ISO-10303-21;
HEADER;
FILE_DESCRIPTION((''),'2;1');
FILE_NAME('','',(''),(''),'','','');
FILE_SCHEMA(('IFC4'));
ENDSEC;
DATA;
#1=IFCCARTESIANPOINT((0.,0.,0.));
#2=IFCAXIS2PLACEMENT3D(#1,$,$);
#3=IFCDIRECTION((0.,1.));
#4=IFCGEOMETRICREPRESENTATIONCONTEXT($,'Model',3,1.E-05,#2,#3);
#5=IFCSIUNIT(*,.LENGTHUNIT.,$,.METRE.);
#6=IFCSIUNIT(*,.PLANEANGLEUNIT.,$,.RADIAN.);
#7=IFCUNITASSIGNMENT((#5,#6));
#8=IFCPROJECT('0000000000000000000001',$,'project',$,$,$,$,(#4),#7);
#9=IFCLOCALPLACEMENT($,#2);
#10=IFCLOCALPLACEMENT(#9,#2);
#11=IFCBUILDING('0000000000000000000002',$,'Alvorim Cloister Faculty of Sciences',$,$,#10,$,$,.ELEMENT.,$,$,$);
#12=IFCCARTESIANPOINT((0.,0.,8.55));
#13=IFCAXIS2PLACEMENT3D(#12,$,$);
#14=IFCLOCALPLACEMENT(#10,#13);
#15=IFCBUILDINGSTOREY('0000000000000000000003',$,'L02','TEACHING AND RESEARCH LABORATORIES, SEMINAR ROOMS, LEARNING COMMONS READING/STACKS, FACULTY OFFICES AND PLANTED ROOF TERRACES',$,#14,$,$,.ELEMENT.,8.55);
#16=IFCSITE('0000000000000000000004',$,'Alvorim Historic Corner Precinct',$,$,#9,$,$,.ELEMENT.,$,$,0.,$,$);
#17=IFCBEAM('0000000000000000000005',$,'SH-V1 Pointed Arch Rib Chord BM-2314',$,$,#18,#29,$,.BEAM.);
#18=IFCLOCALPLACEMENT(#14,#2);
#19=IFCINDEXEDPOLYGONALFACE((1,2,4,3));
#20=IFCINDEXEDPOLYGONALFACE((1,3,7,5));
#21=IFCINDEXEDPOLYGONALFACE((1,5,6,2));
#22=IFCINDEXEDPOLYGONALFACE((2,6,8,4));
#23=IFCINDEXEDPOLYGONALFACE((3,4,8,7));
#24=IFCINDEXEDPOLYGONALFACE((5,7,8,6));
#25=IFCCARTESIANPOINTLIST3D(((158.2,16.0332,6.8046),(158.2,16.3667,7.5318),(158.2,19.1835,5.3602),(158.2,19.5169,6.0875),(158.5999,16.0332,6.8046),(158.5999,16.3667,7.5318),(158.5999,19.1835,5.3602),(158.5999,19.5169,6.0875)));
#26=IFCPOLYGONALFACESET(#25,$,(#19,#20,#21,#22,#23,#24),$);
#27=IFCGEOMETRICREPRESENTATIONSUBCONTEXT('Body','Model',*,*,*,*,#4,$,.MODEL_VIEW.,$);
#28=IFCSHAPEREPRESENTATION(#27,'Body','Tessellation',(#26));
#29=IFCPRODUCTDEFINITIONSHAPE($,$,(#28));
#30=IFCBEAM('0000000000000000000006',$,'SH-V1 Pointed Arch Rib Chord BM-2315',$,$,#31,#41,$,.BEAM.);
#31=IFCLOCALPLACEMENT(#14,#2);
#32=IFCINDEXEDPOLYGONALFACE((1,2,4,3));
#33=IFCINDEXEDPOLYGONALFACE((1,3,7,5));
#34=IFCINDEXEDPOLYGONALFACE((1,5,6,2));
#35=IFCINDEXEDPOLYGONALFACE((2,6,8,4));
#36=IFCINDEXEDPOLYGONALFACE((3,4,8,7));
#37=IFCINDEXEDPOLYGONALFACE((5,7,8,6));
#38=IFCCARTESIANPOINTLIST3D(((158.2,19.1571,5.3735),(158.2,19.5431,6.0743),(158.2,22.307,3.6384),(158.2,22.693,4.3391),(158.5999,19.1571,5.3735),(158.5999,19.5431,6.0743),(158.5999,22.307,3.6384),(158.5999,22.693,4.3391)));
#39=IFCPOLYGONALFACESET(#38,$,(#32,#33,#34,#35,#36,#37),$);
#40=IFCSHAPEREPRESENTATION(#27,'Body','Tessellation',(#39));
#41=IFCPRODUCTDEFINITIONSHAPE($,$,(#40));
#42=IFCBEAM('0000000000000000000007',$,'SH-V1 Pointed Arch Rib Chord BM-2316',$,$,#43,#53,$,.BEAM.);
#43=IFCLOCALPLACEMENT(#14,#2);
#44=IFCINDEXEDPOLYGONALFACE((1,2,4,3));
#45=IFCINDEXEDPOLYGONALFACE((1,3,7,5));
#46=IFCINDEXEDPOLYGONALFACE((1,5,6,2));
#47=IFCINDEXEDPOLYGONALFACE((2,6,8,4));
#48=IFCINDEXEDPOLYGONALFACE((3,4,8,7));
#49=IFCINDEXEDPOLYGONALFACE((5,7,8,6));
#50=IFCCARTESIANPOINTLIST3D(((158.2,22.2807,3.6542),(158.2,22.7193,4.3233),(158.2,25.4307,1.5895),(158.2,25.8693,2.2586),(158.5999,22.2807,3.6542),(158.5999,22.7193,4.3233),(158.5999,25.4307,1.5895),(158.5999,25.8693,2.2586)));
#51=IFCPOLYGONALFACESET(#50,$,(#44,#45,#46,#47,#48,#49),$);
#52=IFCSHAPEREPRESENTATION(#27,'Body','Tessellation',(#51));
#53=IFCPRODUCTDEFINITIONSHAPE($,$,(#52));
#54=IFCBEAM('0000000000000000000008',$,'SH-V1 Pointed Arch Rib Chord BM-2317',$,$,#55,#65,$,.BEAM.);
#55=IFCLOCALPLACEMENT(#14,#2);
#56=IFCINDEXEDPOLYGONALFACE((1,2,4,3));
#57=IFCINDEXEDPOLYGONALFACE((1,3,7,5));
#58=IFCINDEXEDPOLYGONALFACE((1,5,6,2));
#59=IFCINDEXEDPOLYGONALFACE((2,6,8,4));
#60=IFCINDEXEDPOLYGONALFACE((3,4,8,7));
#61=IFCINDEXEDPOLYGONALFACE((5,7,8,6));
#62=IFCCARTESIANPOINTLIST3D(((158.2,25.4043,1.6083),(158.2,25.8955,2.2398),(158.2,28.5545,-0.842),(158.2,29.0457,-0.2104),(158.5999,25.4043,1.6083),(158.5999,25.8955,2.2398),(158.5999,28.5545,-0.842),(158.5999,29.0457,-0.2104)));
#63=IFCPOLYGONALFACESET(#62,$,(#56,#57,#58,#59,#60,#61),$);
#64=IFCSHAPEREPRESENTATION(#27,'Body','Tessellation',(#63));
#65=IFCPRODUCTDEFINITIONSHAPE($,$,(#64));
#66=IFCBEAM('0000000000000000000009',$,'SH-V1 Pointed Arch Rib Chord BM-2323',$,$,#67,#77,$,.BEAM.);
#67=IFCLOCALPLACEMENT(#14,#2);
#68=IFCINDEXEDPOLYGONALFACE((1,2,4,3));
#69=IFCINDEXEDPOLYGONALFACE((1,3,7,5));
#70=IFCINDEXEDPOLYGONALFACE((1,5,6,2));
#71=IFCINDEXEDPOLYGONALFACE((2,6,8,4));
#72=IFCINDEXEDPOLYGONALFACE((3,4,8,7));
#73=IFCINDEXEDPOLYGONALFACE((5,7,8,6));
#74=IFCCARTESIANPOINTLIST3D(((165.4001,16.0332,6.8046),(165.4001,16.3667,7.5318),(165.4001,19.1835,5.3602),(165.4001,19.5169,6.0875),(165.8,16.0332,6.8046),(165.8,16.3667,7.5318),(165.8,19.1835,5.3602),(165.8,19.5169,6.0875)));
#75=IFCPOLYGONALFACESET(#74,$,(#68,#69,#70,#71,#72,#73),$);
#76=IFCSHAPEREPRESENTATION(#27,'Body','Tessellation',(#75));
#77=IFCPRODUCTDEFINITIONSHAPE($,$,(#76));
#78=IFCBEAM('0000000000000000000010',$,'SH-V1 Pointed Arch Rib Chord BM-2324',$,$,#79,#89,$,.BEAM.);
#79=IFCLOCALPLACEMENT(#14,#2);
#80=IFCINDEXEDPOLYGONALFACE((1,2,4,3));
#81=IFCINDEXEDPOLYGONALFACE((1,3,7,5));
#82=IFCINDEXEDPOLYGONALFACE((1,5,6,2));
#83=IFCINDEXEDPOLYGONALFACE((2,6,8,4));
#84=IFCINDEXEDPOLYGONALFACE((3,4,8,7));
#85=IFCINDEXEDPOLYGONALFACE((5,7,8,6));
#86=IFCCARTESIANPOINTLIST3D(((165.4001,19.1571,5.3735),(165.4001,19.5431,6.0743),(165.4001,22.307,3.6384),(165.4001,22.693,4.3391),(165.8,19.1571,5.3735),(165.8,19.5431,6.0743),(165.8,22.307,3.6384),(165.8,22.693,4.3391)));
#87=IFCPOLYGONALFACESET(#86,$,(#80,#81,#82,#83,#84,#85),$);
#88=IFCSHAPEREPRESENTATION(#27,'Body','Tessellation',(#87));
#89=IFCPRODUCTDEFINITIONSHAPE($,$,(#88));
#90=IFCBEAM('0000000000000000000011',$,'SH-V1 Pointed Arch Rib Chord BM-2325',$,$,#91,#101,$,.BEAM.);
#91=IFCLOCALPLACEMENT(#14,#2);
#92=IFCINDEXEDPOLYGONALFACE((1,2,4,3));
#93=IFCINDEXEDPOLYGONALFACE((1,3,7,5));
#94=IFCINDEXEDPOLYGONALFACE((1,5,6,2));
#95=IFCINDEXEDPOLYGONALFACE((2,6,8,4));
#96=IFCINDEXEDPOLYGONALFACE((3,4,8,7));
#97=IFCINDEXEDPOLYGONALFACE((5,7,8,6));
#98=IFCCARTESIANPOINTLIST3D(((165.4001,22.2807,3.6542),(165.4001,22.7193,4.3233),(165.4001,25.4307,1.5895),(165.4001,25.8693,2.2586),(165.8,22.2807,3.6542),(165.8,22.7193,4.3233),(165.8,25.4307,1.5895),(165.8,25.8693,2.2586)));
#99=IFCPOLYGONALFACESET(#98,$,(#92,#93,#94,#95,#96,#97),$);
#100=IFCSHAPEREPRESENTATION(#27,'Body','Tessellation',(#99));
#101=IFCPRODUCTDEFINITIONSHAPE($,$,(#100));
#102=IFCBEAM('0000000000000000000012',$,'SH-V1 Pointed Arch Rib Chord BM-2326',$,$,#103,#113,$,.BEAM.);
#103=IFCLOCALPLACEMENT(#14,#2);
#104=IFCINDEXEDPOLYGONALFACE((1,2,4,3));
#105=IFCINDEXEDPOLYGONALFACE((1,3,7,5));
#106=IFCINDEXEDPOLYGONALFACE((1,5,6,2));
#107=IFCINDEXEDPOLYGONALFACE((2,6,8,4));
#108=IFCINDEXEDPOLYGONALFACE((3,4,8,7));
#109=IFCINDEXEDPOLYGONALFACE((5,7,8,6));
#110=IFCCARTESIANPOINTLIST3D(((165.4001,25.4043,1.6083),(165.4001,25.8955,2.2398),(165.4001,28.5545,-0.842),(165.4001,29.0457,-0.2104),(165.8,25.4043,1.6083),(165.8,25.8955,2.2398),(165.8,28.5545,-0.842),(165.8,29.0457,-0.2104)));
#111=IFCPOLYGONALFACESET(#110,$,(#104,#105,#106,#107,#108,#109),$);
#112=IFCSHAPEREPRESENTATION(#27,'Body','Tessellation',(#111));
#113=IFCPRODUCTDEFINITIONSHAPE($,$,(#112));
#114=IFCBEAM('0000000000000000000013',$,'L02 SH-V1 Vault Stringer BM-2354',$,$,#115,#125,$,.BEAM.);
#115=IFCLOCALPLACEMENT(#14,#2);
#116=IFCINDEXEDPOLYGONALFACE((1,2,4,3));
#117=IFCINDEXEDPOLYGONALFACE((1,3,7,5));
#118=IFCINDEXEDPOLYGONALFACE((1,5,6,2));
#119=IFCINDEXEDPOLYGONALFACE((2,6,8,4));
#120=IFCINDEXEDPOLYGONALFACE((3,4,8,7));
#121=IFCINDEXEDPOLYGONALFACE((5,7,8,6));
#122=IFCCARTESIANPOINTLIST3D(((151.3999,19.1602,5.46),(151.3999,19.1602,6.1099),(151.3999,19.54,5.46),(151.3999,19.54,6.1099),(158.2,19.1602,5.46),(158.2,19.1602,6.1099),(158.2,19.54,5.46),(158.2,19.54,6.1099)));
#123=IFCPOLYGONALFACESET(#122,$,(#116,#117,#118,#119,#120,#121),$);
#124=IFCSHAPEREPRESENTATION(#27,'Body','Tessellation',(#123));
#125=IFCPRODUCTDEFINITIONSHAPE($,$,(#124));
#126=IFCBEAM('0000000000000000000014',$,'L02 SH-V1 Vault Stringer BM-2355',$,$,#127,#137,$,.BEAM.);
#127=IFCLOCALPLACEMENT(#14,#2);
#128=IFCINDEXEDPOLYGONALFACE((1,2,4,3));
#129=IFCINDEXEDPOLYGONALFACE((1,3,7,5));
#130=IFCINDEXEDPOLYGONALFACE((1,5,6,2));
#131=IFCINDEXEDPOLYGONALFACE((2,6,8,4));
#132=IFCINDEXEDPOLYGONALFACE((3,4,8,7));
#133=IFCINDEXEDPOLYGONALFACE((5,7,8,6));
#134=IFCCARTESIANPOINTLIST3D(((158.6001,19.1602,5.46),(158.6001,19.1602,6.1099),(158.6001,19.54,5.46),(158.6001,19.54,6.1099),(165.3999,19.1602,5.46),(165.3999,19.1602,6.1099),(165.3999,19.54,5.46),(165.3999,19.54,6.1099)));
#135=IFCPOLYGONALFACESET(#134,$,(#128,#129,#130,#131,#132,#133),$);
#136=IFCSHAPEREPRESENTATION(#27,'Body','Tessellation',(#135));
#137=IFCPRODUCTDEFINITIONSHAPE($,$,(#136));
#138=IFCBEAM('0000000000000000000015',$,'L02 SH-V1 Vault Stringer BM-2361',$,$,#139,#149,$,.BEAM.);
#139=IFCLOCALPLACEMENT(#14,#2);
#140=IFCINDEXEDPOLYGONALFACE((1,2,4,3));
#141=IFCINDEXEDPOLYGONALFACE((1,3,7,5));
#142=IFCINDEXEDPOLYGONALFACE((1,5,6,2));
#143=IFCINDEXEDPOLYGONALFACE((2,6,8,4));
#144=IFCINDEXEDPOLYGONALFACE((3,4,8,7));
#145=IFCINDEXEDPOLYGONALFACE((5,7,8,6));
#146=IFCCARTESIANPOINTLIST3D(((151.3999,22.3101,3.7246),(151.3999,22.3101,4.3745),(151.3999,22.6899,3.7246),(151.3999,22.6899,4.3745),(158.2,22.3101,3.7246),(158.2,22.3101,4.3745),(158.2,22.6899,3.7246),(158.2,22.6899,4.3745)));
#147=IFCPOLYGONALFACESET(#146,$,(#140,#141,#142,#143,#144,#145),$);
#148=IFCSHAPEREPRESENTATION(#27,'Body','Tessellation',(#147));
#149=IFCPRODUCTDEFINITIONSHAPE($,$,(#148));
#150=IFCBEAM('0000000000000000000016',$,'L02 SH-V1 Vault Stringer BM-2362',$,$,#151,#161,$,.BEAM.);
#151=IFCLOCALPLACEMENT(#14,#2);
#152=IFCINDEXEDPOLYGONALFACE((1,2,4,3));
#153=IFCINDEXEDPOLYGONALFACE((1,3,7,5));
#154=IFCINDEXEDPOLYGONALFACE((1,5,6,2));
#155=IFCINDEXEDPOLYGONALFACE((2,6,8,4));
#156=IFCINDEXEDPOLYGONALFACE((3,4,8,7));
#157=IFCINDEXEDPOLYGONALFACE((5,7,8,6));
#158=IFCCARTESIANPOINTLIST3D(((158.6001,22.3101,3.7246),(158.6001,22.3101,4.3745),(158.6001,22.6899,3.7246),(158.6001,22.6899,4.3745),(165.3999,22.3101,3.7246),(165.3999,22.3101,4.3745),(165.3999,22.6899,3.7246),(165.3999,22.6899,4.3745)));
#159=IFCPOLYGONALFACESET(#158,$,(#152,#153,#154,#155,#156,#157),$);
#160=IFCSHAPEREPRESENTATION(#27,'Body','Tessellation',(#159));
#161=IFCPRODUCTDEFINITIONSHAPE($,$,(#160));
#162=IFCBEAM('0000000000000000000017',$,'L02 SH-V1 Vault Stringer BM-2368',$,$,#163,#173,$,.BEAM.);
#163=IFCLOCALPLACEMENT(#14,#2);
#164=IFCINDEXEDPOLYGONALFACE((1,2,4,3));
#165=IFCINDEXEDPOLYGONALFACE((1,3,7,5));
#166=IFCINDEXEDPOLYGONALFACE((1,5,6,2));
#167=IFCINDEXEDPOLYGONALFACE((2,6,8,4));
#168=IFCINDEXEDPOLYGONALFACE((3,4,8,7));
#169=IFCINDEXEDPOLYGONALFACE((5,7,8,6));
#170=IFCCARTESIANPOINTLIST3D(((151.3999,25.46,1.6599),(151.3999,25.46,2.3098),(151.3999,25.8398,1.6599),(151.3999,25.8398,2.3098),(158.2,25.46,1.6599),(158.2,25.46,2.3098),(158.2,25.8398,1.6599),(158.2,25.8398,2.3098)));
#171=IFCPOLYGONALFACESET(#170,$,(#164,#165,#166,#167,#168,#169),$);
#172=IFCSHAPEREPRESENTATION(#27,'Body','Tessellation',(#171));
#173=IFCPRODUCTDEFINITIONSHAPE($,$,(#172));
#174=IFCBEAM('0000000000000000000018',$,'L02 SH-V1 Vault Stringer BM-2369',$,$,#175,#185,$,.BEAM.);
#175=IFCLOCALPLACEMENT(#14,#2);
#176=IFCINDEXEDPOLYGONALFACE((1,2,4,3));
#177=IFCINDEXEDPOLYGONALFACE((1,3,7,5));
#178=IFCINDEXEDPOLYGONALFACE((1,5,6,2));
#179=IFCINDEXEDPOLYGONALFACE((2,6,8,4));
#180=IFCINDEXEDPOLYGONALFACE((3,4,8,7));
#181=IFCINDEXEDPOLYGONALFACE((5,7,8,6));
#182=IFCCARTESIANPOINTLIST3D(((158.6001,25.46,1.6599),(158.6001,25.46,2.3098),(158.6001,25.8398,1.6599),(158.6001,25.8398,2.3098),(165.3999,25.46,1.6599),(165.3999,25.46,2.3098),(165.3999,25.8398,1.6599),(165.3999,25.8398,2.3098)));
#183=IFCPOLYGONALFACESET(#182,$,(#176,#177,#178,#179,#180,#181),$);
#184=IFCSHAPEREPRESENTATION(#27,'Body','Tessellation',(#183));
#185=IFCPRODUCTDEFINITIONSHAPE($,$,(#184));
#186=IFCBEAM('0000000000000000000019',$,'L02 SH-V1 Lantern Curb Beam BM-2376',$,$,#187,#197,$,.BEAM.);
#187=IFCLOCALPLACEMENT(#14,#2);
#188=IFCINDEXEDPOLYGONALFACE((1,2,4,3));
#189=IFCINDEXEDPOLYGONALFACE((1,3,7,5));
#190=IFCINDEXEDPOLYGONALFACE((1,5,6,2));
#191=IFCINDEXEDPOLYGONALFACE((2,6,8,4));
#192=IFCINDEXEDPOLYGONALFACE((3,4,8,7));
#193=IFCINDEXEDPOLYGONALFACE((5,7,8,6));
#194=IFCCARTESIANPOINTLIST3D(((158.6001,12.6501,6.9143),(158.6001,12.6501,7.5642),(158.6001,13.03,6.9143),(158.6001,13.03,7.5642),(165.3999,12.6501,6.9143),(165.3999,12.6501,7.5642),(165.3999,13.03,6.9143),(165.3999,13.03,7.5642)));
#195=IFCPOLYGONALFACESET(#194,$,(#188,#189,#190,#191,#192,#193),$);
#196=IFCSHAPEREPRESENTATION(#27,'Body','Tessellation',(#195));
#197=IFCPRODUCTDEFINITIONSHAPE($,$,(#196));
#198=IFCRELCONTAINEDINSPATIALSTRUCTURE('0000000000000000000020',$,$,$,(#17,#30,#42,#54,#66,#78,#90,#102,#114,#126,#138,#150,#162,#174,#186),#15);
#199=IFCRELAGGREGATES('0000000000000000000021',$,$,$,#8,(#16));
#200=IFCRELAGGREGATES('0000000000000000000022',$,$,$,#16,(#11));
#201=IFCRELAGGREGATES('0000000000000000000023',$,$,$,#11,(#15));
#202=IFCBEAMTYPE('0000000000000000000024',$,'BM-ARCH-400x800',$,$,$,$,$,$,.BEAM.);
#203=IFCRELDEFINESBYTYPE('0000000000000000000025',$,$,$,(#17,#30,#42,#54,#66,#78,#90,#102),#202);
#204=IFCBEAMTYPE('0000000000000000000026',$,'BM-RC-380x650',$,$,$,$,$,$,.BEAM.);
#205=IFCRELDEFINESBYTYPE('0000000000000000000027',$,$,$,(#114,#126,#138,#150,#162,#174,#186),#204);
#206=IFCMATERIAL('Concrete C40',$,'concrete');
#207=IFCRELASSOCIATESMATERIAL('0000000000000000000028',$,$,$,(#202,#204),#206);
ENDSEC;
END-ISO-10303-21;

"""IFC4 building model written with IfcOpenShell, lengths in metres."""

from ifc_helpers import new_model, si_unit, direction, frame, origin, origin_2d, place, context, subcontext, project, spatial, rectangle, extrude, material, material_profile, profile_set, type_object, element, save


model = new_model("IFC4")

# Units and contexts
model_context = context("Model", 3, precision=1e-05, world=origin(), true_north=direction((0.0, 1.0)))
body_context = subcontext(model_context, "Body", "Model", "MODEL_VIEW")
ifc_project = project(units=[si_unit("LENGTHUNIT", "METRE"), si_unit("PLANEANGLEUNIT", "RADIAN")], contexts=[model_context])

# Site, building, storey
site_placement = place(None, origin())
site = spatial("IfcSite", under=ifc_project, at=site_placement, Name="Alvorim Historic Corner Precinct", CompositionType="ELEMENT", RefElevation=0.0)
building_placement = place(site_placement, origin())
building = spatial("IfcBuilding", under=site, at=building_placement, Name="Alvorim Cloister Faculty of Sciences", CompositionType="ELEMENT")
storey_placement = place(building_placement, frame((0.0, 0.0, 8.55)))
storey = spatial("IfcBuildingStorey", under=building, at=storey_placement, Name="L02", Description="TEACHING AND RESEARCH LABORATORIES, SEMINAR ROOMS, LEARNING COMMONS READING/STACKS, FACULTY OFFICES AND PLANTED ROOF TERRACES", CompositionType="ELEMENT", Elevation=8.55)

# Beams
ifc_material = material(Name="Concrete C40", Category="concrete")
ifc_material_profile_1 = material_profile(ifc_material, rectangle(XDim=0.3999, YDim=0.8, at=origin_2d()), Name="RC40-ARCH-400x800")
ifc_profile_set_1 = profile_set([ifc_material_profile_1], Name="Concrete C40")
beam_type_1 = type_object("IfcBeamType", Name="BM-ARCH-400x800", PredefinedType="BEAM", material=ifc_profile_set_1)
beam_1_placement = place(storey_placement, frame((158.3999, 16.2, 7.1682), z_axis=(0.0, 0.909008, -0.416778), x_axis=(-1.0, 0.0, 0.0)))
element("IfcBeam", 1, at=beam_1_placement, inside=storey, type_object=beam_type_1, Name="SH-V1 Pointed Arch Rib Chord BM-2314", PredefinedType="BEAM", context=body_context, shape_type="SweptSolid", body=[
    extrude(rectangle(XDim=0.3999, YDim=0.8, at=origin_2d()), origin(), (0.0, 0.0, 1.0), 3.4656),
])
beam_2_placement = place(storey_placement, frame((158.3999, 19.3501, 5.7239), z_axis=(0.0, 0.875903, -0.482487), x_axis=(-1.0, 0.0, 0.0)))
element("IfcBeam", 2, at=beam_2_placement, inside=storey, type_object=beam_type_1, Name="SH-V1 Pointed Arch Rib Chord BM-2315", PredefinedType="BEAM", context=body_context, shape_type="SweptSolid", body=[
    extrude(rectangle(XDim=0.3999, YDim=0.8, at=origin_2d()), origin(), (0.0, 0.0, 1.0), 3.5962),
])
beam_3_placement = place(storey_placement, frame((158.3999, 22.5, 3.9888), z_axis=(0.0, 0.836343, -0.548206), x_axis=(-1.0, 0.0, 0.0)))
element("IfcBeam", 3, at=beam_3_placement, inside=storey, type_object=beam_type_1, Name="SH-V1 Pointed Arch Rib Chord BM-2316", PredefinedType="BEAM", context=body_context, shape_type="SweptSolid", body=[
    extrude(rectangle(XDim=0.3999, YDim=0.8, at=origin_2d()), origin(), (0.0, 0.0, 1.0), 3.7664),
])
beam_4_placement = place(storey_placement, frame((158.3999, 25.6499, 1.9241), z_axis=(0.0, 0.789342, -0.613953), x_axis=(-1.0, 0.0, 0.0)))
element("IfcBeam", 4, at=beam_4_placement, inside=storey, type_object=beam_type_1, Name="SH-V1 Pointed Arch Rib Chord BM-2317", PredefinedType="BEAM", context=body_context, shape_type="SweptSolid", body=[
    extrude(rectangle(XDim=0.3999, YDim=0.8, at=origin_2d()), origin(), (0.0, 0.0, 1.0), 3.991),
])
beam_5_placement = place(storey_placement, frame((165.6001, 16.2, 7.1682), z_axis=(0.0, 0.909008, -0.416778), x_axis=(-1.0, 0.0, 0.0)))
element("IfcBeam", 5, at=beam_5_placement, inside=storey, type_object=beam_type_1, Name="SH-V1 Pointed Arch Rib Chord BM-2323", PredefinedType="BEAM", context=body_context, shape_type="SweptSolid", body=[
    extrude(rectangle(XDim=0.3999, YDim=0.8, at=origin_2d()), origin(), (0.0, 0.0, 1.0), 3.4656),
])
beam_6_placement = place(storey_placement, frame((165.6001, 19.3501, 5.7239), z_axis=(0.0, 0.875903, -0.482487), x_axis=(-1.0, 0.0, 0.0)))
element("IfcBeam", 6, at=beam_6_placement, inside=storey, type_object=beam_type_1, Name="SH-V1 Pointed Arch Rib Chord BM-2324", PredefinedType="BEAM", context=body_context, shape_type="SweptSolid", body=[
    extrude(rectangle(XDim=0.3999, YDim=0.8, at=origin_2d()), origin(), (0.0, 0.0, 1.0), 3.5962),
])
beam_7_placement = place(storey_placement, frame((165.6001, 22.5, 3.9888), z_axis=(0.0, 0.836343, -0.548206), x_axis=(-1.0, 0.0, 0.0)))
element("IfcBeam", 7, at=beam_7_placement, inside=storey, type_object=beam_type_1, Name="SH-V1 Pointed Arch Rib Chord BM-2325", PredefinedType="BEAM", context=body_context, shape_type="SweptSolid", body=[
    extrude(rectangle(XDim=0.3999, YDim=0.8, at=origin_2d()), origin(), (0.0, 0.0, 1.0), 3.7664),
])
beam_8_placement = place(storey_placement, frame((165.6001, 25.6499, 1.9241), z_axis=(0.0, 0.789342, -0.613953), x_axis=(-1.0, 0.0, 0.0)))
element("IfcBeam", 8, at=beam_8_placement, inside=storey, type_object=beam_type_1, Name="SH-V1 Pointed Arch Rib Chord BM-2326", PredefinedType="BEAM", context=body_context, shape_type="SweptSolid", body=[
    extrude(rectangle(XDim=0.3999, YDim=0.8, at=origin_2d()), origin(), (0.0, 0.0, 1.0), 3.991),
])
ifc_material_profile_2 = material_profile(ifc_material, rectangle(XDim=0.3799, YDim=0.6499, at=origin_2d()), Name="RC40-BM-380x650")
ifc_profile_set_2 = profile_set([ifc_material_profile_2], Name="Concrete C40")
beam_type_2 = type_object("IfcBeamType", Name="BM-RC-380x650", PredefinedType="BEAM", material=ifc_profile_set_2)
beam_9_placement = place(storey_placement, frame((151.3999, 19.3501, 5.7849), z_axis=(1.0, 0.0, 0.0), x_axis=(0.0, 1.0, 0.0)))
element("IfcBeam", 9, at=beam_9_placement, inside=storey, type_object=beam_type_2, Name="L02 SH-V1 Vault Stringer BM-2354", PredefinedType="BEAM", context=body_context, shape_type="SweptSolid", body=[
    extrude(rectangle(XDim=0.3799, YDim=0.6499, at=origin_2d()), origin(), (0.0, 0.0, 1.0), 6.8),
])
beam_10_placement = place(storey_placement, frame((158.6001, 19.3501, 5.7849), z_axis=(1.0, 0.0, 0.0), x_axis=(0.0, 1.0, 0.0)))
element("IfcBeam", 10, at=beam_10_placement, inside=storey, type_object=beam_type_2, Name="L02 SH-V1 Vault Stringer BM-2355", PredefinedType="BEAM", context=body_context, shape_type="SweptSolid", body=[
    extrude(rectangle(XDim=0.3799, YDim=0.6499, at=origin_2d()), origin(), (0.0, 0.0, 1.0), 6.7998),
])
beam_11_placement = place(storey_placement, frame((151.3999, 22.5, 4.0496), z_axis=(1.0, 0.0, 0.0), x_axis=(0.0, 1.0, 0.0)))
element("IfcBeam", 11, at=beam_11_placement, inside=storey, type_object=beam_type_2, Name="L02 SH-V1 Vault Stringer BM-2361", PredefinedType="BEAM", context=body_context, shape_type="SweptSolid", body=[
    extrude(rectangle(XDim=0.3799, YDim=0.6499, at=origin_2d()), origin(), (0.0, 0.0, 1.0), 6.8),
])
beam_12_placement = place(storey_placement, frame((158.6001, 22.5, 4.0496), z_axis=(1.0, 0.0, 0.0), x_axis=(0.0, 1.0, 0.0)))
element("IfcBeam", 12, at=beam_12_placement, inside=storey, type_object=beam_type_2, Name="L02 SH-V1 Vault Stringer BM-2362", PredefinedType="BEAM", context=body_context, shape_type="SweptSolid", body=[
    extrude(rectangle(XDim=0.3799, YDim=0.6499, at=origin_2d()), origin(), (0.0, 0.0, 1.0), 6.7998),
])
beam_13_placement = place(storey_placement, frame((151.3999, 25.6499, 1.9849), z_axis=(1.0, 0.0, 0.0), x_axis=(0.0, 1.0, 0.0)))
element("IfcBeam", 13, at=beam_13_placement, inside=storey, type_object=beam_type_2, Name="L02 SH-V1 Vault Stringer BM-2368", PredefinedType="BEAM", context=body_context, shape_type="SweptSolid", body=[
    extrude(rectangle(XDim=0.3799, YDim=0.6499, at=origin_2d()), origin(), (0.0, 0.0, 1.0), 6.8),
])
for number, where, z_axis, x_axis, name in (
    (14, (158.6001, 25.6499, 1.9849), (1.0, 0.0, 0.0), (0.0, 1.0, 0.0), "L02 SH-V1 Vault Stringer BM-2369"),
    (15, (158.6001, 12.8401, 7.2393), (1.0, 0.0, 0.0), (0.0, 1.0, 0.0), "L02 SH-V1 Lantern Curb Beam BM-2376"),
):
    element("IfcBeam", number, at=place(storey_placement, frame(where, z_axis=z_axis, x_axis=x_axis)), inside=storey, type_object=beam_type_2, Name=name, PredefinedType="BEAM", context=body_context, shape_type="SweptSolid", body=[
        extrude(rectangle(XDim=0.3799, YDim=0.6499, at=origin_2d()), origin(), (0.0, 0.0, 1.0), 6.7998),
    ])

save(model, "model.ifc")
